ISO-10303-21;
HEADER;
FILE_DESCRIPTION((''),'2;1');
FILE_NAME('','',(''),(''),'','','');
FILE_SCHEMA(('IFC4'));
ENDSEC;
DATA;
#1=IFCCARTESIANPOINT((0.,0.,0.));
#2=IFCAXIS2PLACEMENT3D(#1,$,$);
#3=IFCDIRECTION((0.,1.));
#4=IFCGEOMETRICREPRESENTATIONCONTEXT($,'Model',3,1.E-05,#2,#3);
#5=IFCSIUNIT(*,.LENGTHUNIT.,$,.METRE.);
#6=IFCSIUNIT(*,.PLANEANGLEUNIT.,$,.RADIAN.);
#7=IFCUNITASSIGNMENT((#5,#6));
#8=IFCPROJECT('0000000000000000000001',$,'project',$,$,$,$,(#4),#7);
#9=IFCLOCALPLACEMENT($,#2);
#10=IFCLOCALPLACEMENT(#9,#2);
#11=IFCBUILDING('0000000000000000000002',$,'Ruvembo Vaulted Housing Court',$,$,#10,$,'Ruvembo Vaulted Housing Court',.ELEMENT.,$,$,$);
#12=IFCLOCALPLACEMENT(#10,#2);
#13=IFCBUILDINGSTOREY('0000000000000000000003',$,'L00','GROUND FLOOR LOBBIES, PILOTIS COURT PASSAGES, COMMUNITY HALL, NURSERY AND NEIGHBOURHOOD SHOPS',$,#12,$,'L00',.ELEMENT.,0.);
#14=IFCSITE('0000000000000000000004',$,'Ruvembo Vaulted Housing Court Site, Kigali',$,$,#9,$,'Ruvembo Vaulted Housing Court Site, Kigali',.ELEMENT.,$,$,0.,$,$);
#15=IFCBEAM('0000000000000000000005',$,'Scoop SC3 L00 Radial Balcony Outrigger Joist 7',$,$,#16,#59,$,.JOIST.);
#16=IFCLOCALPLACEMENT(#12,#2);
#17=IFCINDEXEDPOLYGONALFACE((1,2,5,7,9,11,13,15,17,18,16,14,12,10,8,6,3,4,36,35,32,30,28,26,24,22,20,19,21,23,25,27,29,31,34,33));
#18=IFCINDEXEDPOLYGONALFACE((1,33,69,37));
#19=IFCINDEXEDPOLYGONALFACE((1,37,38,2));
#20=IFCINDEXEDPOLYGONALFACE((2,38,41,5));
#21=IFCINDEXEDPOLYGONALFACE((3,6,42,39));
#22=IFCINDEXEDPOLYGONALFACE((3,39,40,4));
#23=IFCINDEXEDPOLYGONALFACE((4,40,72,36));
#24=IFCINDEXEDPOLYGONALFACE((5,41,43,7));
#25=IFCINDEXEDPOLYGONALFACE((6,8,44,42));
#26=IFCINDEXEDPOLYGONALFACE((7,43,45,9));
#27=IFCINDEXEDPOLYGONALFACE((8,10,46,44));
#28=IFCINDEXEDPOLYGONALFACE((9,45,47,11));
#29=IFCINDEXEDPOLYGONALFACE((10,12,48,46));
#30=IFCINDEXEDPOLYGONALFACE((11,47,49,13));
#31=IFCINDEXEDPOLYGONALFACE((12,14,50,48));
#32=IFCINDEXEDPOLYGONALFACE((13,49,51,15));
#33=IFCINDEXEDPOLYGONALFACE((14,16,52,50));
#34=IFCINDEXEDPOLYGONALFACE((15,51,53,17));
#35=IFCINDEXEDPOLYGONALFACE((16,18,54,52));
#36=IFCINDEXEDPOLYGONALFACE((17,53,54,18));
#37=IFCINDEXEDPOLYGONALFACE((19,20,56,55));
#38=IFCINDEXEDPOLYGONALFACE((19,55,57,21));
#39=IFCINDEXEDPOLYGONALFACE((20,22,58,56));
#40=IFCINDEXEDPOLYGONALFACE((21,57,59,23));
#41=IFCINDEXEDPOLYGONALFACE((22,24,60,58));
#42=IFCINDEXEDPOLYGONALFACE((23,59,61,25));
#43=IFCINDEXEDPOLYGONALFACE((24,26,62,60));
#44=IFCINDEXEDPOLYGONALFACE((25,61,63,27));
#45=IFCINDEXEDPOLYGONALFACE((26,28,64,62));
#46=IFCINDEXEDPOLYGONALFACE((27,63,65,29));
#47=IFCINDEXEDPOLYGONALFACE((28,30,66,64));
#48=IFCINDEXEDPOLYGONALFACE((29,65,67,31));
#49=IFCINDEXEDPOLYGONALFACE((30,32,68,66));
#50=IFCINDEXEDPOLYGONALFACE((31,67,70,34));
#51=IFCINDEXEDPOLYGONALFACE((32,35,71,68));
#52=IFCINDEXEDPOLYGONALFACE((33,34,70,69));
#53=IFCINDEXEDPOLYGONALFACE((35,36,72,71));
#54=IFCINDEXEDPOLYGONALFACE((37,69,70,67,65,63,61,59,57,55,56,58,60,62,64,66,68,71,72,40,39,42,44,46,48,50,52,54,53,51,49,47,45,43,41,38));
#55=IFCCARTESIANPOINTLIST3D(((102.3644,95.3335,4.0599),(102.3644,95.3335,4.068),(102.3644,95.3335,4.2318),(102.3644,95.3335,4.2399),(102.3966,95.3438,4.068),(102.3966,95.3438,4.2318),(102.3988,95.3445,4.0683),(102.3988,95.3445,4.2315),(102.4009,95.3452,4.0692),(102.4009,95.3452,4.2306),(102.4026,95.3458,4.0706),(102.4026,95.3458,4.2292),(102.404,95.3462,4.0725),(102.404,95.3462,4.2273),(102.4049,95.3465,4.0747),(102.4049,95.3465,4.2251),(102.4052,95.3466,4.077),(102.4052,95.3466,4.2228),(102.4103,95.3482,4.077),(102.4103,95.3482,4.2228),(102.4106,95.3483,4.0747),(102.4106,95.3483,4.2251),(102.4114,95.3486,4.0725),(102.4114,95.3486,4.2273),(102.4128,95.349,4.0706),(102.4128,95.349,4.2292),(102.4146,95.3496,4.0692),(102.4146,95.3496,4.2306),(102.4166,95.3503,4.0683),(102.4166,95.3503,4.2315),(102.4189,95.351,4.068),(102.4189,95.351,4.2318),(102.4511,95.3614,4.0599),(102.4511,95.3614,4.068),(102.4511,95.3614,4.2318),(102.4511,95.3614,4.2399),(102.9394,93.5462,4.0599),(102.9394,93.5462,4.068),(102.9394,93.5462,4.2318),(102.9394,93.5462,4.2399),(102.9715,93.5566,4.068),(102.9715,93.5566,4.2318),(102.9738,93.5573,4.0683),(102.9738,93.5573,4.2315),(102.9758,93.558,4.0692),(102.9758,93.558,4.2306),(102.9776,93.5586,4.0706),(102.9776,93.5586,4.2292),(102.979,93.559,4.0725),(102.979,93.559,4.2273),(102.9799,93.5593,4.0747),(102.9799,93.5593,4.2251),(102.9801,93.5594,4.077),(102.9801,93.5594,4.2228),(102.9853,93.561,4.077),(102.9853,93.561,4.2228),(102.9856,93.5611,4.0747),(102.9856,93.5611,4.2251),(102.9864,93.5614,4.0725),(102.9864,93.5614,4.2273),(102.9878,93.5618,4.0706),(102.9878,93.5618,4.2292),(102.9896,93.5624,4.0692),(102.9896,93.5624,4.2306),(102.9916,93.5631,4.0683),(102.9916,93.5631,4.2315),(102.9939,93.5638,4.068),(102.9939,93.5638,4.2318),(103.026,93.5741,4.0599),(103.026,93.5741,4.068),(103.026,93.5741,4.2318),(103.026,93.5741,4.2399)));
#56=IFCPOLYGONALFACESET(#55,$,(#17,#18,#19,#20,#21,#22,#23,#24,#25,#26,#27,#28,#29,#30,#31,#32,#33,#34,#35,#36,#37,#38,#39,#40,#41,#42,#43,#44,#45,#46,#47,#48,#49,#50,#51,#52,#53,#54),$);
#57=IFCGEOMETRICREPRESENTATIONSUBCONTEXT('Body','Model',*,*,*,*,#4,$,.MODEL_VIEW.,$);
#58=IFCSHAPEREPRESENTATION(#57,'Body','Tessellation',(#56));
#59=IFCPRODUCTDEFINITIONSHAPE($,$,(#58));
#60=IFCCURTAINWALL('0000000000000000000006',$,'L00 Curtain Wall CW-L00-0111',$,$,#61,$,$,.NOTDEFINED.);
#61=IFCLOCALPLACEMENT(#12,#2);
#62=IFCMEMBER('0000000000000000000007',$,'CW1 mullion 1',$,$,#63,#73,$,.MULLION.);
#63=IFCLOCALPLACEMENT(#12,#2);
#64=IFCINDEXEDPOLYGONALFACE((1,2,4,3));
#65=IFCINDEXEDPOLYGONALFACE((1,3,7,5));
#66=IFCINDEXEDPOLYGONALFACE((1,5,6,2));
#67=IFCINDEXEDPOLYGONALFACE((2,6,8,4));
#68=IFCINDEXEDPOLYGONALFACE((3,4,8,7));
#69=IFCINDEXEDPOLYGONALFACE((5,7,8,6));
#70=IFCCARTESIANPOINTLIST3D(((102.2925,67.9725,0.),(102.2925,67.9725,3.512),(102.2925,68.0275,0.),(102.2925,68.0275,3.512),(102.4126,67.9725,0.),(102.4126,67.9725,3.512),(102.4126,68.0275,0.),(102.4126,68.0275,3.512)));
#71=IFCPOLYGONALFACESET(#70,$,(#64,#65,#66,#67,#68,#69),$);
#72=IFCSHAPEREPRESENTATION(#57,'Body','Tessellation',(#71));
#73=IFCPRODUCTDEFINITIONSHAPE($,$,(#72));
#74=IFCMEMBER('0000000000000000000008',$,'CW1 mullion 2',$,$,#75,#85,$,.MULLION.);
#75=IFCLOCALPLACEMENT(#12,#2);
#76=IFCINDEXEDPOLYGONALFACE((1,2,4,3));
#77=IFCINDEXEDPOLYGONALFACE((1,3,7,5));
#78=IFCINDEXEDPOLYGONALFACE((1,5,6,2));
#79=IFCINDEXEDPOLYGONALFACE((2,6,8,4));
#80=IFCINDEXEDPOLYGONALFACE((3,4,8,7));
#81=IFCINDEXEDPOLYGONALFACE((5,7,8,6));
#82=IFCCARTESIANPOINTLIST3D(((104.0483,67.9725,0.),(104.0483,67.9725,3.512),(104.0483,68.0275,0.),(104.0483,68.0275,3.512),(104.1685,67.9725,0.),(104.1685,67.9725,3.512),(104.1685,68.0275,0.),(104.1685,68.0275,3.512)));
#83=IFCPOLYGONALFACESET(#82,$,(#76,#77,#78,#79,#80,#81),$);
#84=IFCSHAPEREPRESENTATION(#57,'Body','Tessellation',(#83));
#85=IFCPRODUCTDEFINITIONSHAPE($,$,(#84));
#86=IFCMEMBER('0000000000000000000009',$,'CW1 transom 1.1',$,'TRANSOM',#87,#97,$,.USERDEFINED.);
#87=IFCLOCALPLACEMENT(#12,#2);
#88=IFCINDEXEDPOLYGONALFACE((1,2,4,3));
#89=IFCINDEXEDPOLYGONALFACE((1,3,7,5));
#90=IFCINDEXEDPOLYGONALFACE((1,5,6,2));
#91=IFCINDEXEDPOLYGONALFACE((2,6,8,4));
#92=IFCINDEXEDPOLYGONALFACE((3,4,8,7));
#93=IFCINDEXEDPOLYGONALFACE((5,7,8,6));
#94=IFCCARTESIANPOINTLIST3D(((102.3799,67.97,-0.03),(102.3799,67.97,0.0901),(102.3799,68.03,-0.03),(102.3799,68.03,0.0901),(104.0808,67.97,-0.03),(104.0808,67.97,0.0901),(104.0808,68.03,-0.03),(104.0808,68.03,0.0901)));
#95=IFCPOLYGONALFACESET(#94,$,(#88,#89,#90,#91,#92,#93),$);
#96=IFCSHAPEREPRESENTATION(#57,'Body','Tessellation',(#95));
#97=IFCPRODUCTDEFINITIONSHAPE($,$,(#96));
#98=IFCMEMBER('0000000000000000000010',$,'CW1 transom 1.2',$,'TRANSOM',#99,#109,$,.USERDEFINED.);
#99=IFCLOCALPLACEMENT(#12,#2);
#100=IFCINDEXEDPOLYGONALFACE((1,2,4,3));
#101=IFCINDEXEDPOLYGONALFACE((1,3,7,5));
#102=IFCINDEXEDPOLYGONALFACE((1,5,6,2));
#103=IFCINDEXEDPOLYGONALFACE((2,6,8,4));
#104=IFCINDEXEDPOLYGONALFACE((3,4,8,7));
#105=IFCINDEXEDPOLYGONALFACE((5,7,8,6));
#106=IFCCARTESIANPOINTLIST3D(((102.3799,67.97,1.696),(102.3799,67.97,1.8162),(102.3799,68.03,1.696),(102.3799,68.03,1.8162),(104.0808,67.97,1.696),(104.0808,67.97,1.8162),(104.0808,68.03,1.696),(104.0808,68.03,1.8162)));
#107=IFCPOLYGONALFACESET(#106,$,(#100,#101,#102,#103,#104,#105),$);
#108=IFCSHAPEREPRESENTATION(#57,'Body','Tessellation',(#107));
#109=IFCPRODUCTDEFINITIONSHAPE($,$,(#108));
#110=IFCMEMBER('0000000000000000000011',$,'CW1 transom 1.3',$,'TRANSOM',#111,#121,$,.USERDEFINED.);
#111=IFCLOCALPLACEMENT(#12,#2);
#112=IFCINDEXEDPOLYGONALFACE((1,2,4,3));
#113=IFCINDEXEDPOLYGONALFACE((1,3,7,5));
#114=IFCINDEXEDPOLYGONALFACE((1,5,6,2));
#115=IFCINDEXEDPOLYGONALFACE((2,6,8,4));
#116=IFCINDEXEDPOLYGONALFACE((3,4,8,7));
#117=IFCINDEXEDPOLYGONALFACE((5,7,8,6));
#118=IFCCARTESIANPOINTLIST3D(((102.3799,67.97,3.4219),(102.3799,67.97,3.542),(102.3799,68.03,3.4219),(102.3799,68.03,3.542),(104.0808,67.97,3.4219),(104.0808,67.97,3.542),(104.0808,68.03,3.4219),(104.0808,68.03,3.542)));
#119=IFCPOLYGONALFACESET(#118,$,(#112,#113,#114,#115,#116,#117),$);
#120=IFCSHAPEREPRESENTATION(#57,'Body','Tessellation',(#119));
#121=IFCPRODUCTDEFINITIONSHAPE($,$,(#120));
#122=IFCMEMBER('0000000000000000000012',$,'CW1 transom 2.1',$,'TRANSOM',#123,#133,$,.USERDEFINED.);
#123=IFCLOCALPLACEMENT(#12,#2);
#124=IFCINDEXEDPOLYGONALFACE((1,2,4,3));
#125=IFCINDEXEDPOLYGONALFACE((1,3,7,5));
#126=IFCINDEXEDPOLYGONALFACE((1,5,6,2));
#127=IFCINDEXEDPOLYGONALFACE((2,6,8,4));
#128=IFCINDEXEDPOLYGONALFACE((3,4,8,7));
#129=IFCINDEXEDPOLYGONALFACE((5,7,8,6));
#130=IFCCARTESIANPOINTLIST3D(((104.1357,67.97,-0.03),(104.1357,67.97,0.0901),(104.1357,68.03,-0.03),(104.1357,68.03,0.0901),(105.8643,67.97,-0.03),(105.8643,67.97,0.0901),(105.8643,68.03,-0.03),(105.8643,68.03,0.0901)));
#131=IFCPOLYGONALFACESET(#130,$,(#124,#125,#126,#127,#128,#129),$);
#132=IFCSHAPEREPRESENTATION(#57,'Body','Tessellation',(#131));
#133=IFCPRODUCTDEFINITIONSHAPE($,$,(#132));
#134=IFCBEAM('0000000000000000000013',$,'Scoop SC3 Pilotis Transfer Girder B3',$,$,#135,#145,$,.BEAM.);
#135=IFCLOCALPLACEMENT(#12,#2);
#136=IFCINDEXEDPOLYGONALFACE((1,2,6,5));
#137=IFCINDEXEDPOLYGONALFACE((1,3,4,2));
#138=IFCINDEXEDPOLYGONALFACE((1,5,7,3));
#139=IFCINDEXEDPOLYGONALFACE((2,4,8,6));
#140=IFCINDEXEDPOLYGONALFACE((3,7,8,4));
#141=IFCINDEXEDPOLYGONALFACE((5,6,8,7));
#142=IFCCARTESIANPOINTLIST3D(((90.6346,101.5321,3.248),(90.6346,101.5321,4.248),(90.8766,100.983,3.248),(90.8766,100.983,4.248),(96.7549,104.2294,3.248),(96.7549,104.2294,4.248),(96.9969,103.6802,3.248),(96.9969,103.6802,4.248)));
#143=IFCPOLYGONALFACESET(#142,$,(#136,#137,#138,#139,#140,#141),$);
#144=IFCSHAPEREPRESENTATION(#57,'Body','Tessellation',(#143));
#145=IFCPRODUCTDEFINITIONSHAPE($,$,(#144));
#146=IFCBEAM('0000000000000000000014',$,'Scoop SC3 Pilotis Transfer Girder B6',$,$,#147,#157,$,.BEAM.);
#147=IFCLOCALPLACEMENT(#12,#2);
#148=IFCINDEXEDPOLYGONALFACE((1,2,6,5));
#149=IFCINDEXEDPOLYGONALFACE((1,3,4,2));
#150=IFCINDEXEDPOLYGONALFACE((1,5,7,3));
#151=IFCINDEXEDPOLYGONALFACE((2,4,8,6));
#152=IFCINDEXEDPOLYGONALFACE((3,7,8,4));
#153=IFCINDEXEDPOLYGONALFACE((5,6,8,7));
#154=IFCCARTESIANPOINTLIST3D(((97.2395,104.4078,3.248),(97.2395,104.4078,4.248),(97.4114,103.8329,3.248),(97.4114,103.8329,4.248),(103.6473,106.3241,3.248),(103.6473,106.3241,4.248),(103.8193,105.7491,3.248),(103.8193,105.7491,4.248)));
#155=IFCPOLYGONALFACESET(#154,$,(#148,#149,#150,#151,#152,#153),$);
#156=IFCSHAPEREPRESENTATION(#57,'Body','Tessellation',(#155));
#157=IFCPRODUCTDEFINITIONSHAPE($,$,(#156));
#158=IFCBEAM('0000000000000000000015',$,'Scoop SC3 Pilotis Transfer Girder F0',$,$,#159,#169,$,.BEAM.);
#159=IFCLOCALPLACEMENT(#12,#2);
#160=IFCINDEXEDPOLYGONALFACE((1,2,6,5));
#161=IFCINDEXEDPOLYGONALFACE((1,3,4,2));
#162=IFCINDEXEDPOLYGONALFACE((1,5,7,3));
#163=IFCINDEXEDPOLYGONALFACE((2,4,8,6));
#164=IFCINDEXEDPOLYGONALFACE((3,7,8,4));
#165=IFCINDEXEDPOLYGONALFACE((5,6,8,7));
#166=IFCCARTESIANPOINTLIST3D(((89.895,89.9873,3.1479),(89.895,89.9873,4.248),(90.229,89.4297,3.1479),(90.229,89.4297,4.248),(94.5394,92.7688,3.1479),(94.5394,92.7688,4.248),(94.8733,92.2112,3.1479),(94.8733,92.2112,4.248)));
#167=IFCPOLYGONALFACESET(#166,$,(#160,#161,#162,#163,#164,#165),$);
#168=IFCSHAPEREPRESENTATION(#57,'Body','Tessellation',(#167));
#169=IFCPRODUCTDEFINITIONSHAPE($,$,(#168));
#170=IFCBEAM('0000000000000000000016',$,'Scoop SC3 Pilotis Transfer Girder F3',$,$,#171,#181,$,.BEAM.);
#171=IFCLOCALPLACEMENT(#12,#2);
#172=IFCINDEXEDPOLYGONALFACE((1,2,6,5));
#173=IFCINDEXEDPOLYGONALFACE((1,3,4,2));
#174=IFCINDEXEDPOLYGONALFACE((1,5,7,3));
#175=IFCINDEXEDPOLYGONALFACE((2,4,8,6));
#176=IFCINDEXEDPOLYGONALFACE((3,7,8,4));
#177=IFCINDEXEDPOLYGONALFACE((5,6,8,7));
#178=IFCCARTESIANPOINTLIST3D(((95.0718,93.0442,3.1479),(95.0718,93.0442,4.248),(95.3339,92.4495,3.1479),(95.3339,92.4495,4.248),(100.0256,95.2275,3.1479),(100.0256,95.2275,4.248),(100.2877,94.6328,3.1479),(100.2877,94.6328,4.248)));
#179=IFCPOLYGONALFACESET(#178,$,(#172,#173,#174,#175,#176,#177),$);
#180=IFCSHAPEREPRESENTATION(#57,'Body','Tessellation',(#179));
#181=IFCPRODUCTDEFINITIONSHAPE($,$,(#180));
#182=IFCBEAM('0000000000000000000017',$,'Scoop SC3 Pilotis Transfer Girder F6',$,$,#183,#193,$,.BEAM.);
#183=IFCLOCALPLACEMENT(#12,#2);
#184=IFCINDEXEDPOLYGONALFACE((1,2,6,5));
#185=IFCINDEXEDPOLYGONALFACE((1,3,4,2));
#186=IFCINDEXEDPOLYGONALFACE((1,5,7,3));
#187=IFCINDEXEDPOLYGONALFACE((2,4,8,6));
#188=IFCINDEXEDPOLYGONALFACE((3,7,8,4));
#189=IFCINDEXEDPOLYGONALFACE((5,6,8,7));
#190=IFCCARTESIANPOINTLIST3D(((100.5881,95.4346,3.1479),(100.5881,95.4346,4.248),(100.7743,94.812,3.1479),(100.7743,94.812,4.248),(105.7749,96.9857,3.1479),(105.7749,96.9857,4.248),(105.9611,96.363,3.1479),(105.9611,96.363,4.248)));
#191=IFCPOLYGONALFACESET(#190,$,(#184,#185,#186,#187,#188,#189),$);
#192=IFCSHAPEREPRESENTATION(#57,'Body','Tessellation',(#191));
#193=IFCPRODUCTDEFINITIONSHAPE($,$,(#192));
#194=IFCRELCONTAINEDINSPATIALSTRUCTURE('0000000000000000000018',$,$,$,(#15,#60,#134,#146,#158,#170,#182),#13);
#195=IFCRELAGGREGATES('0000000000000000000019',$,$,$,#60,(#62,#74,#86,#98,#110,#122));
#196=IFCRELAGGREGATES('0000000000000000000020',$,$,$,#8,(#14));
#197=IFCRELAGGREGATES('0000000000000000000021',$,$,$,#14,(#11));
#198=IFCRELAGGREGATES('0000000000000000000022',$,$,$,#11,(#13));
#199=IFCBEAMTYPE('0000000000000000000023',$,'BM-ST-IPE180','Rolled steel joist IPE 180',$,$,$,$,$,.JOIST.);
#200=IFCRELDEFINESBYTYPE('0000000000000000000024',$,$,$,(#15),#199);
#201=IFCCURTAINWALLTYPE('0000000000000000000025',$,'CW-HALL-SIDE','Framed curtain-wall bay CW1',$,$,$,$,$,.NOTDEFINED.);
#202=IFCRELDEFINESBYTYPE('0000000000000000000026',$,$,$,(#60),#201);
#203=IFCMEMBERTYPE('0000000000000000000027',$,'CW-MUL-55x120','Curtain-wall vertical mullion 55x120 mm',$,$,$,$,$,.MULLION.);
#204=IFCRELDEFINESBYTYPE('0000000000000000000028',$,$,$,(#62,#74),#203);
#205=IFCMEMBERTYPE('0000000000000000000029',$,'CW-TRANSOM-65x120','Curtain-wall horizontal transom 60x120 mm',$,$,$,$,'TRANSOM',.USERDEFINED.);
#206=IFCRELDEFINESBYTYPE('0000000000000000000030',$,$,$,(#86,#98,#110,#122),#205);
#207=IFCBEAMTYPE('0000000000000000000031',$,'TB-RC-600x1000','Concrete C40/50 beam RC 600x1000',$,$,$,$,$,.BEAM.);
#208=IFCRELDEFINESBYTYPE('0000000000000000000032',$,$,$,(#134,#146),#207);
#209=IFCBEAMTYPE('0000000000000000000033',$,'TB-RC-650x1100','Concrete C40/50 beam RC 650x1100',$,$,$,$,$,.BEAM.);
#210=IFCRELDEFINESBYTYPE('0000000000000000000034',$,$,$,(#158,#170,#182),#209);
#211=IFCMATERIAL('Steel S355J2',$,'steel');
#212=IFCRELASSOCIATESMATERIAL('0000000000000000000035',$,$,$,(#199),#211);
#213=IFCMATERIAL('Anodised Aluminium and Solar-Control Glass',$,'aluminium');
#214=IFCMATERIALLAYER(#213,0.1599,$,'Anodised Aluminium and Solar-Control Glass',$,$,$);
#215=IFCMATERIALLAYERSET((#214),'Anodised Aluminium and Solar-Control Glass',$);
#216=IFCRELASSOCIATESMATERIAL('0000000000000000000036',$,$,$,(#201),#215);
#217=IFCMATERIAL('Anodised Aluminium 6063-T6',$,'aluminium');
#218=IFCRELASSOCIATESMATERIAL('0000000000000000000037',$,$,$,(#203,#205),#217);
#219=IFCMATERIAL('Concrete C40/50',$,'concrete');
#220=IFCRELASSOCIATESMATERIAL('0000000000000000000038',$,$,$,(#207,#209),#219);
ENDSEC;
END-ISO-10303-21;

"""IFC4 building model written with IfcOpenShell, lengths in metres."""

from ifc_helpers import new_model, si_unit, direction, frame, origin, origin_2d, place, context, subcontext, project, spatial, rectangle, i_section, extrude, material, layer, layer_set, material_profile, profile_set, type_object, element, aggregate, save


model = new_model("IFC4")

# Units and contexts
model_context = context("Model", 3, precision=1e-05, world=origin(), true_north=direction((0.0, 1.0)))
body_context = subcontext(model_context, "Body", "Model", "MODEL_VIEW")
ifc_project = project(units=[si_unit("LENGTHUNIT", "METRE"), si_unit("PLANEANGLEUNIT", "RADIAN")], contexts=[model_context])

# Site, building, storey
site_placement = place(None, origin())
site = spatial("IfcSite", under=ifc_project, at=site_placement, Name="Ruvembo Vaulted Housing Court Site, Kigali", LongName="Ruvembo Vaulted Housing Court Site, Kigali", CompositionType="ELEMENT", RefElevation=0.0)
building_placement = place(site_placement, origin())
building = spatial("IfcBuilding", under=site, at=building_placement, Name="Ruvembo Vaulted Housing Court", LongName="Ruvembo Vaulted Housing Court", CompositionType="ELEMENT")
storey_placement = place(building_placement, origin())
storey = spatial("IfcBuildingStorey", under=building, at=storey_placement, Name="L00", Description="GROUND FLOOR LOBBIES, PILOTIS COURT PASSAGES, COMMUNITY HALL, NURSERY AND NEIGHBOURHOOD SHOPS", LongName="L00", CompositionType="ELEMENT", Elevation=0.0)

# Shared definitions
ifc_material_1 = material(Name="Concrete C40/50", Category="concrete")

# Beam
ifc_material_2 = material(Name="Steel S355J2", Category="steel")
ifc_material_profile_1 = material_profile(ifc_material_2, i_section(OverallWidth=0.0911, OverallDepth=0.1799, WebThickness=0.0054, FlangeThickness=0.0081, FilletRadius=0.009, at=origin_2d()), Name="IPE 180")
ifc_profile_set_1 = profile_set([ifc_material_profile_1], Name="Steel S355J2")
beam_type_1 = type_object("IfcBeamType", Name="BM-ST-IPE180", Description="Rolled steel joist IPE 180", PredefinedType="JOIST", material=ifc_profile_set_1)
beam_1_placement = place(storey_placement, frame((102.4077, 95.3474, 4.1499), z_axis=(0.306262, -0.951947, 0.0), x_axis=(0.951947, 0.306262, 0.0)))
element("IfcBeam", 1, at=beam_1_placement, inside=storey, type_object=beam_type_1, Name="Scoop SC3 L00 Radial Balcony Outrigger Joist 7", PredefinedType="JOIST", context=body_context, shape_type="SweptSolid", body=[
    extrude(i_section(OverallWidth=0.0911, OverallDepth=0.1799, WebThickness=0.0054, FlangeThickness=0.0081, FilletRadius=0.009, at=origin_2d()), origin(), (0.0, 0.0, 1.0), 1.8774),
])

# Curtain wall, members
ifc_material_3 = material(Name="Anodised Aluminium and Solar-Control Glass", Category="aluminium")
ifc_layer_1 = layer(ifc_material_3, 0.1599, Name="Anodised Aluminium and Solar-Control Glass")
ifc_layer_set_1 = layer_set([ifc_layer_1], Name="Anodised Aluminium and Solar-Control Glass")
curtain_wall_type = type_object("IfcCurtainWallType", Name="CW-HALL-SIDE", Description="Framed curtain-wall bay CW1", PredefinedType="NOTDEFINED", material=ifc_layer_set_1)
curtain_wall_placement = place(storey_placement, origin())
curtain_wall = element("IfcCurtainWall", 2, at=curtain_wall_placement, inside=storey, type_object=curtain_wall_type, Name="L00 Curtain Wall CW-L00-0111", PredefinedType="NOTDEFINED")
ifc_material_4 = material(Name="Anodised Aluminium 6063-T6", Category="aluminium")
ifc_material_profile_2 = material_profile(ifc_material_4, rectangle(XDim=0.0549, YDim=0.1201, at=origin_2d()), Name="ALU 55x120")
ifc_profile_set_2 = profile_set([ifc_material_profile_2], Name="Anodised Aluminium 6063-T6")
member_type_1 = type_object("IfcMemberType", Name="CW-MUL-55x120", Description="Curtain-wall vertical mullion 55x120 mm", PredefinedType="MULLION", material=ifc_profile_set_2)
member_1_placement = place(storey_placement, frame((102.3525, 68.0, 0.0), z_axis=(0.0, 0.0, 1.0), x_axis=(0.0, 1.0, 0.0)))
member_1 = element("IfcMember", 3, at=member_1_placement, type_object=member_type_1, Name="CW1 mullion 1", PredefinedType="MULLION", context=body_context, shape_type="SweptSolid", body=[
    extrude(rectangle(XDim=0.0549, YDim=0.1201, at=origin_2d()), origin(), (0.0, 0.0, 1.0), 3.512),
])
member_2_placement = place(storey_placement, frame((104.1084, 68.0, 0.0), z_axis=(0.0, 0.0, 1.0), x_axis=(0.0, 1.0, 0.0)))
member_2 = element("IfcMember", 4, at=member_2_placement, type_object=member_type_1, Name="CW1 mullion 2", PredefinedType="MULLION", context=body_context, shape_type="SweptSolid", body=[
    extrude(rectangle(XDim=0.0549, YDim=0.1201, at=origin_2d()), origin(), (0.0, 0.0, 1.0), 3.512),
])
ifc_material_profile_3 = material_profile(ifc_material_4, rectangle(XDim=0.0601, YDim=0.1201, at=origin_2d()), Name="ALU 60x120")
ifc_profile_set_3 = profile_set([ifc_material_profile_3], Name="Anodised Aluminium 6063-T6")
member_type_2 = type_object("IfcMemberType", Name="CW-TRANSOM-65x120", Description="Curtain-wall horizontal transom 60x120 mm", ElementType="TRANSOM", PredefinedType="USERDEFINED", material=ifc_profile_set_3)
member_3_placement = place(storey_placement, frame((102.3799, 68.0, 0.03), z_axis=(1.0, 0.0, 0.0), x_axis=(0.0, 1.0, 0.0)))
member_3 = element("IfcMember", 5, at=member_3_placement, type_object=member_type_2, Name="CW1 transom 1.1", ObjectType="TRANSOM", PredefinedType="USERDEFINED", context=body_context, shape_type="SweptSolid", body=[
    extrude(rectangle(XDim=0.0601, YDim=0.1201, at=origin_2d()), origin(), (0.0, 0.0, 1.0), 1.7009),
])
member_4_placement = place(storey_placement, frame((102.3799, 68.0, 1.7561), z_axis=(1.0, 0.0, 0.0), x_axis=(0.0, 1.0, 0.0)))
member_4 = element("IfcMember", 6, at=member_4_placement, type_object=member_type_2, Name="CW1 transom 1.2", ObjectType="TRANSOM", PredefinedType="USERDEFINED", context=body_context, shape_type="SweptSolid", body=[
    extrude(rectangle(XDim=0.0601, YDim=0.1201, at=origin_2d()), origin(), (0.0, 0.0, 1.0), 1.7009),
])
member_5_placement = place(storey_placement, frame((102.3799, 68.0, 3.4819), z_axis=(1.0, 0.0, 0.0), x_axis=(0.0, 1.0, 0.0)))
member_5 = element("IfcMember", 7, at=member_5_placement, type_object=member_type_2, Name="CW1 transom 1.3", ObjectType="TRANSOM", PredefinedType="USERDEFINED", context=body_context, shape_type="SweptSolid", body=[
    extrude(rectangle(XDim=0.0601, YDim=0.1201, at=origin_2d()), origin(), (0.0, 0.0, 1.0), 1.7009),
])
member_6_placement = place(storey_placement, frame((104.1357, 68.0, 0.03), z_axis=(1.0, 0.0, 0.0), x_axis=(0.0, 1.0, 0.0)))
member_6 = element("IfcMember", 8, at=member_6_placement, type_object=member_type_2, Name="CW1 transom 2.1", ObjectType="TRANSOM", PredefinedType="USERDEFINED", context=body_context, shape_type="SweptSolid", body=[
    extrude(rectangle(XDim=0.0601, YDim=0.1201, at=origin_2d()), origin(), (0.0, 0.0, 1.0), 1.7285),
])

# Beams
ifc_material_profile_4 = material_profile(ifc_material_1, rectangle(XDim=0.6001, YDim=1.0, at=origin_2d()), Name="RC 600x1000")
ifc_profile_set_4 = profile_set([ifc_material_profile_4], Name="Concrete C40/50")
beam_type_2 = type_object("IfcBeamType", Name="TB-RC-600x1000", Description="Concrete C40/50 beam RC 600x1000", PredefinedType="BEAM", material=ifc_profile_set_4)
for number, where, z_axis, x_axis, name in (
    (9, (90.7556, 101.2576, 3.748), (0.915078, 0.403278, 0.0), (-0.403278, 0.915078, 0.0), "Scoop SC3 Pilotis Transfer Girder B3"),
    (10, (97.3254, 104.1204, 3.748), (0.958078, 0.286507, 0.0), (-0.286507, 0.958078, 0.0), "Scoop SC3 Pilotis Transfer Girder B6"),
):
    element("IfcBeam", number, at=place(storey_placement, frame(where, z_axis=z_axis, x_axis=x_axis)), inside=storey, type_object=beam_type_2, Name=name, PredefinedType="BEAM", context=body_context, shape_type="SweptSolid", body=[
        extrude(rectangle(XDim=0.6001, YDim=1.0, at=origin_2d()), origin(), (0.0, 0.0, 1.0), 6.6882),
    ])
ifc_material_profile_5 = material_profile(ifc_material_1, rectangle(XDim=0.6499, YDim=1.1001, at=origin_2d()), Name="RC 650x1100")
ifc_profile_set_5 = profile_set([ifc_material_profile_5], Name="Concrete C40/50")
beam_type_3 = type_object("IfcBeamType", Name="TB-RC-650x1100", Description="Concrete C40/50 beam RC 650x1100", PredefinedType="BEAM", material=ifc_profile_set_5)
for number, where, z_axis, x_axis, name in (
    (11, (90.062, 89.7085, 3.698), (0.857906, 0.513806, 0.0), (-0.513806, 0.857906, 0.0), "Scoop SC3 Pilotis Transfer Girder F0"),
    (12, (95.2029, 92.7468, 3.698), (0.915066, 0.403304, 0.0), (-0.403304, 0.915066, 0.0), "Scoop SC3 Pilotis Transfer Girder F3"),
):
    element("IfcBeam", number, at=place(storey_placement, frame(where, z_axis=z_axis, x_axis=x_axis)), inside=storey, type_object=beam_type_3, Name=name, PredefinedType="BEAM", context=body_context, shape_type="SweptSolid", body=[
        extrude(rectangle(XDim=0.6499, YDim=1.1001, at=origin_2d()), origin(), (0.0, 0.0, 1.0), 5.4136),
    ])
beam_2_placement = place(storey_placement, frame((100.6812, 95.1233, 3.698), z_axis=(0.95808, 0.2865, 0.0), x_axis=(-0.2865, 0.95808, 0.0)))
element("IfcBeam", 13, at=beam_2_placement, inside=storey, type_object=beam_type_3, Name="Scoop SC3 Pilotis Transfer Girder F6", PredefinedType="BEAM", context=body_context, shape_type="SweptSolid", body=[
    extrude(rectangle(XDim=0.6499, YDim=1.1001, at=origin_2d()), origin(), (0.0, 0.0, 1.0), 5.4138),
])

aggregate(curtain_wall, [member_1, member_2, member_3, member_4, member_5, member_6])

save(model, "model.ifc")
